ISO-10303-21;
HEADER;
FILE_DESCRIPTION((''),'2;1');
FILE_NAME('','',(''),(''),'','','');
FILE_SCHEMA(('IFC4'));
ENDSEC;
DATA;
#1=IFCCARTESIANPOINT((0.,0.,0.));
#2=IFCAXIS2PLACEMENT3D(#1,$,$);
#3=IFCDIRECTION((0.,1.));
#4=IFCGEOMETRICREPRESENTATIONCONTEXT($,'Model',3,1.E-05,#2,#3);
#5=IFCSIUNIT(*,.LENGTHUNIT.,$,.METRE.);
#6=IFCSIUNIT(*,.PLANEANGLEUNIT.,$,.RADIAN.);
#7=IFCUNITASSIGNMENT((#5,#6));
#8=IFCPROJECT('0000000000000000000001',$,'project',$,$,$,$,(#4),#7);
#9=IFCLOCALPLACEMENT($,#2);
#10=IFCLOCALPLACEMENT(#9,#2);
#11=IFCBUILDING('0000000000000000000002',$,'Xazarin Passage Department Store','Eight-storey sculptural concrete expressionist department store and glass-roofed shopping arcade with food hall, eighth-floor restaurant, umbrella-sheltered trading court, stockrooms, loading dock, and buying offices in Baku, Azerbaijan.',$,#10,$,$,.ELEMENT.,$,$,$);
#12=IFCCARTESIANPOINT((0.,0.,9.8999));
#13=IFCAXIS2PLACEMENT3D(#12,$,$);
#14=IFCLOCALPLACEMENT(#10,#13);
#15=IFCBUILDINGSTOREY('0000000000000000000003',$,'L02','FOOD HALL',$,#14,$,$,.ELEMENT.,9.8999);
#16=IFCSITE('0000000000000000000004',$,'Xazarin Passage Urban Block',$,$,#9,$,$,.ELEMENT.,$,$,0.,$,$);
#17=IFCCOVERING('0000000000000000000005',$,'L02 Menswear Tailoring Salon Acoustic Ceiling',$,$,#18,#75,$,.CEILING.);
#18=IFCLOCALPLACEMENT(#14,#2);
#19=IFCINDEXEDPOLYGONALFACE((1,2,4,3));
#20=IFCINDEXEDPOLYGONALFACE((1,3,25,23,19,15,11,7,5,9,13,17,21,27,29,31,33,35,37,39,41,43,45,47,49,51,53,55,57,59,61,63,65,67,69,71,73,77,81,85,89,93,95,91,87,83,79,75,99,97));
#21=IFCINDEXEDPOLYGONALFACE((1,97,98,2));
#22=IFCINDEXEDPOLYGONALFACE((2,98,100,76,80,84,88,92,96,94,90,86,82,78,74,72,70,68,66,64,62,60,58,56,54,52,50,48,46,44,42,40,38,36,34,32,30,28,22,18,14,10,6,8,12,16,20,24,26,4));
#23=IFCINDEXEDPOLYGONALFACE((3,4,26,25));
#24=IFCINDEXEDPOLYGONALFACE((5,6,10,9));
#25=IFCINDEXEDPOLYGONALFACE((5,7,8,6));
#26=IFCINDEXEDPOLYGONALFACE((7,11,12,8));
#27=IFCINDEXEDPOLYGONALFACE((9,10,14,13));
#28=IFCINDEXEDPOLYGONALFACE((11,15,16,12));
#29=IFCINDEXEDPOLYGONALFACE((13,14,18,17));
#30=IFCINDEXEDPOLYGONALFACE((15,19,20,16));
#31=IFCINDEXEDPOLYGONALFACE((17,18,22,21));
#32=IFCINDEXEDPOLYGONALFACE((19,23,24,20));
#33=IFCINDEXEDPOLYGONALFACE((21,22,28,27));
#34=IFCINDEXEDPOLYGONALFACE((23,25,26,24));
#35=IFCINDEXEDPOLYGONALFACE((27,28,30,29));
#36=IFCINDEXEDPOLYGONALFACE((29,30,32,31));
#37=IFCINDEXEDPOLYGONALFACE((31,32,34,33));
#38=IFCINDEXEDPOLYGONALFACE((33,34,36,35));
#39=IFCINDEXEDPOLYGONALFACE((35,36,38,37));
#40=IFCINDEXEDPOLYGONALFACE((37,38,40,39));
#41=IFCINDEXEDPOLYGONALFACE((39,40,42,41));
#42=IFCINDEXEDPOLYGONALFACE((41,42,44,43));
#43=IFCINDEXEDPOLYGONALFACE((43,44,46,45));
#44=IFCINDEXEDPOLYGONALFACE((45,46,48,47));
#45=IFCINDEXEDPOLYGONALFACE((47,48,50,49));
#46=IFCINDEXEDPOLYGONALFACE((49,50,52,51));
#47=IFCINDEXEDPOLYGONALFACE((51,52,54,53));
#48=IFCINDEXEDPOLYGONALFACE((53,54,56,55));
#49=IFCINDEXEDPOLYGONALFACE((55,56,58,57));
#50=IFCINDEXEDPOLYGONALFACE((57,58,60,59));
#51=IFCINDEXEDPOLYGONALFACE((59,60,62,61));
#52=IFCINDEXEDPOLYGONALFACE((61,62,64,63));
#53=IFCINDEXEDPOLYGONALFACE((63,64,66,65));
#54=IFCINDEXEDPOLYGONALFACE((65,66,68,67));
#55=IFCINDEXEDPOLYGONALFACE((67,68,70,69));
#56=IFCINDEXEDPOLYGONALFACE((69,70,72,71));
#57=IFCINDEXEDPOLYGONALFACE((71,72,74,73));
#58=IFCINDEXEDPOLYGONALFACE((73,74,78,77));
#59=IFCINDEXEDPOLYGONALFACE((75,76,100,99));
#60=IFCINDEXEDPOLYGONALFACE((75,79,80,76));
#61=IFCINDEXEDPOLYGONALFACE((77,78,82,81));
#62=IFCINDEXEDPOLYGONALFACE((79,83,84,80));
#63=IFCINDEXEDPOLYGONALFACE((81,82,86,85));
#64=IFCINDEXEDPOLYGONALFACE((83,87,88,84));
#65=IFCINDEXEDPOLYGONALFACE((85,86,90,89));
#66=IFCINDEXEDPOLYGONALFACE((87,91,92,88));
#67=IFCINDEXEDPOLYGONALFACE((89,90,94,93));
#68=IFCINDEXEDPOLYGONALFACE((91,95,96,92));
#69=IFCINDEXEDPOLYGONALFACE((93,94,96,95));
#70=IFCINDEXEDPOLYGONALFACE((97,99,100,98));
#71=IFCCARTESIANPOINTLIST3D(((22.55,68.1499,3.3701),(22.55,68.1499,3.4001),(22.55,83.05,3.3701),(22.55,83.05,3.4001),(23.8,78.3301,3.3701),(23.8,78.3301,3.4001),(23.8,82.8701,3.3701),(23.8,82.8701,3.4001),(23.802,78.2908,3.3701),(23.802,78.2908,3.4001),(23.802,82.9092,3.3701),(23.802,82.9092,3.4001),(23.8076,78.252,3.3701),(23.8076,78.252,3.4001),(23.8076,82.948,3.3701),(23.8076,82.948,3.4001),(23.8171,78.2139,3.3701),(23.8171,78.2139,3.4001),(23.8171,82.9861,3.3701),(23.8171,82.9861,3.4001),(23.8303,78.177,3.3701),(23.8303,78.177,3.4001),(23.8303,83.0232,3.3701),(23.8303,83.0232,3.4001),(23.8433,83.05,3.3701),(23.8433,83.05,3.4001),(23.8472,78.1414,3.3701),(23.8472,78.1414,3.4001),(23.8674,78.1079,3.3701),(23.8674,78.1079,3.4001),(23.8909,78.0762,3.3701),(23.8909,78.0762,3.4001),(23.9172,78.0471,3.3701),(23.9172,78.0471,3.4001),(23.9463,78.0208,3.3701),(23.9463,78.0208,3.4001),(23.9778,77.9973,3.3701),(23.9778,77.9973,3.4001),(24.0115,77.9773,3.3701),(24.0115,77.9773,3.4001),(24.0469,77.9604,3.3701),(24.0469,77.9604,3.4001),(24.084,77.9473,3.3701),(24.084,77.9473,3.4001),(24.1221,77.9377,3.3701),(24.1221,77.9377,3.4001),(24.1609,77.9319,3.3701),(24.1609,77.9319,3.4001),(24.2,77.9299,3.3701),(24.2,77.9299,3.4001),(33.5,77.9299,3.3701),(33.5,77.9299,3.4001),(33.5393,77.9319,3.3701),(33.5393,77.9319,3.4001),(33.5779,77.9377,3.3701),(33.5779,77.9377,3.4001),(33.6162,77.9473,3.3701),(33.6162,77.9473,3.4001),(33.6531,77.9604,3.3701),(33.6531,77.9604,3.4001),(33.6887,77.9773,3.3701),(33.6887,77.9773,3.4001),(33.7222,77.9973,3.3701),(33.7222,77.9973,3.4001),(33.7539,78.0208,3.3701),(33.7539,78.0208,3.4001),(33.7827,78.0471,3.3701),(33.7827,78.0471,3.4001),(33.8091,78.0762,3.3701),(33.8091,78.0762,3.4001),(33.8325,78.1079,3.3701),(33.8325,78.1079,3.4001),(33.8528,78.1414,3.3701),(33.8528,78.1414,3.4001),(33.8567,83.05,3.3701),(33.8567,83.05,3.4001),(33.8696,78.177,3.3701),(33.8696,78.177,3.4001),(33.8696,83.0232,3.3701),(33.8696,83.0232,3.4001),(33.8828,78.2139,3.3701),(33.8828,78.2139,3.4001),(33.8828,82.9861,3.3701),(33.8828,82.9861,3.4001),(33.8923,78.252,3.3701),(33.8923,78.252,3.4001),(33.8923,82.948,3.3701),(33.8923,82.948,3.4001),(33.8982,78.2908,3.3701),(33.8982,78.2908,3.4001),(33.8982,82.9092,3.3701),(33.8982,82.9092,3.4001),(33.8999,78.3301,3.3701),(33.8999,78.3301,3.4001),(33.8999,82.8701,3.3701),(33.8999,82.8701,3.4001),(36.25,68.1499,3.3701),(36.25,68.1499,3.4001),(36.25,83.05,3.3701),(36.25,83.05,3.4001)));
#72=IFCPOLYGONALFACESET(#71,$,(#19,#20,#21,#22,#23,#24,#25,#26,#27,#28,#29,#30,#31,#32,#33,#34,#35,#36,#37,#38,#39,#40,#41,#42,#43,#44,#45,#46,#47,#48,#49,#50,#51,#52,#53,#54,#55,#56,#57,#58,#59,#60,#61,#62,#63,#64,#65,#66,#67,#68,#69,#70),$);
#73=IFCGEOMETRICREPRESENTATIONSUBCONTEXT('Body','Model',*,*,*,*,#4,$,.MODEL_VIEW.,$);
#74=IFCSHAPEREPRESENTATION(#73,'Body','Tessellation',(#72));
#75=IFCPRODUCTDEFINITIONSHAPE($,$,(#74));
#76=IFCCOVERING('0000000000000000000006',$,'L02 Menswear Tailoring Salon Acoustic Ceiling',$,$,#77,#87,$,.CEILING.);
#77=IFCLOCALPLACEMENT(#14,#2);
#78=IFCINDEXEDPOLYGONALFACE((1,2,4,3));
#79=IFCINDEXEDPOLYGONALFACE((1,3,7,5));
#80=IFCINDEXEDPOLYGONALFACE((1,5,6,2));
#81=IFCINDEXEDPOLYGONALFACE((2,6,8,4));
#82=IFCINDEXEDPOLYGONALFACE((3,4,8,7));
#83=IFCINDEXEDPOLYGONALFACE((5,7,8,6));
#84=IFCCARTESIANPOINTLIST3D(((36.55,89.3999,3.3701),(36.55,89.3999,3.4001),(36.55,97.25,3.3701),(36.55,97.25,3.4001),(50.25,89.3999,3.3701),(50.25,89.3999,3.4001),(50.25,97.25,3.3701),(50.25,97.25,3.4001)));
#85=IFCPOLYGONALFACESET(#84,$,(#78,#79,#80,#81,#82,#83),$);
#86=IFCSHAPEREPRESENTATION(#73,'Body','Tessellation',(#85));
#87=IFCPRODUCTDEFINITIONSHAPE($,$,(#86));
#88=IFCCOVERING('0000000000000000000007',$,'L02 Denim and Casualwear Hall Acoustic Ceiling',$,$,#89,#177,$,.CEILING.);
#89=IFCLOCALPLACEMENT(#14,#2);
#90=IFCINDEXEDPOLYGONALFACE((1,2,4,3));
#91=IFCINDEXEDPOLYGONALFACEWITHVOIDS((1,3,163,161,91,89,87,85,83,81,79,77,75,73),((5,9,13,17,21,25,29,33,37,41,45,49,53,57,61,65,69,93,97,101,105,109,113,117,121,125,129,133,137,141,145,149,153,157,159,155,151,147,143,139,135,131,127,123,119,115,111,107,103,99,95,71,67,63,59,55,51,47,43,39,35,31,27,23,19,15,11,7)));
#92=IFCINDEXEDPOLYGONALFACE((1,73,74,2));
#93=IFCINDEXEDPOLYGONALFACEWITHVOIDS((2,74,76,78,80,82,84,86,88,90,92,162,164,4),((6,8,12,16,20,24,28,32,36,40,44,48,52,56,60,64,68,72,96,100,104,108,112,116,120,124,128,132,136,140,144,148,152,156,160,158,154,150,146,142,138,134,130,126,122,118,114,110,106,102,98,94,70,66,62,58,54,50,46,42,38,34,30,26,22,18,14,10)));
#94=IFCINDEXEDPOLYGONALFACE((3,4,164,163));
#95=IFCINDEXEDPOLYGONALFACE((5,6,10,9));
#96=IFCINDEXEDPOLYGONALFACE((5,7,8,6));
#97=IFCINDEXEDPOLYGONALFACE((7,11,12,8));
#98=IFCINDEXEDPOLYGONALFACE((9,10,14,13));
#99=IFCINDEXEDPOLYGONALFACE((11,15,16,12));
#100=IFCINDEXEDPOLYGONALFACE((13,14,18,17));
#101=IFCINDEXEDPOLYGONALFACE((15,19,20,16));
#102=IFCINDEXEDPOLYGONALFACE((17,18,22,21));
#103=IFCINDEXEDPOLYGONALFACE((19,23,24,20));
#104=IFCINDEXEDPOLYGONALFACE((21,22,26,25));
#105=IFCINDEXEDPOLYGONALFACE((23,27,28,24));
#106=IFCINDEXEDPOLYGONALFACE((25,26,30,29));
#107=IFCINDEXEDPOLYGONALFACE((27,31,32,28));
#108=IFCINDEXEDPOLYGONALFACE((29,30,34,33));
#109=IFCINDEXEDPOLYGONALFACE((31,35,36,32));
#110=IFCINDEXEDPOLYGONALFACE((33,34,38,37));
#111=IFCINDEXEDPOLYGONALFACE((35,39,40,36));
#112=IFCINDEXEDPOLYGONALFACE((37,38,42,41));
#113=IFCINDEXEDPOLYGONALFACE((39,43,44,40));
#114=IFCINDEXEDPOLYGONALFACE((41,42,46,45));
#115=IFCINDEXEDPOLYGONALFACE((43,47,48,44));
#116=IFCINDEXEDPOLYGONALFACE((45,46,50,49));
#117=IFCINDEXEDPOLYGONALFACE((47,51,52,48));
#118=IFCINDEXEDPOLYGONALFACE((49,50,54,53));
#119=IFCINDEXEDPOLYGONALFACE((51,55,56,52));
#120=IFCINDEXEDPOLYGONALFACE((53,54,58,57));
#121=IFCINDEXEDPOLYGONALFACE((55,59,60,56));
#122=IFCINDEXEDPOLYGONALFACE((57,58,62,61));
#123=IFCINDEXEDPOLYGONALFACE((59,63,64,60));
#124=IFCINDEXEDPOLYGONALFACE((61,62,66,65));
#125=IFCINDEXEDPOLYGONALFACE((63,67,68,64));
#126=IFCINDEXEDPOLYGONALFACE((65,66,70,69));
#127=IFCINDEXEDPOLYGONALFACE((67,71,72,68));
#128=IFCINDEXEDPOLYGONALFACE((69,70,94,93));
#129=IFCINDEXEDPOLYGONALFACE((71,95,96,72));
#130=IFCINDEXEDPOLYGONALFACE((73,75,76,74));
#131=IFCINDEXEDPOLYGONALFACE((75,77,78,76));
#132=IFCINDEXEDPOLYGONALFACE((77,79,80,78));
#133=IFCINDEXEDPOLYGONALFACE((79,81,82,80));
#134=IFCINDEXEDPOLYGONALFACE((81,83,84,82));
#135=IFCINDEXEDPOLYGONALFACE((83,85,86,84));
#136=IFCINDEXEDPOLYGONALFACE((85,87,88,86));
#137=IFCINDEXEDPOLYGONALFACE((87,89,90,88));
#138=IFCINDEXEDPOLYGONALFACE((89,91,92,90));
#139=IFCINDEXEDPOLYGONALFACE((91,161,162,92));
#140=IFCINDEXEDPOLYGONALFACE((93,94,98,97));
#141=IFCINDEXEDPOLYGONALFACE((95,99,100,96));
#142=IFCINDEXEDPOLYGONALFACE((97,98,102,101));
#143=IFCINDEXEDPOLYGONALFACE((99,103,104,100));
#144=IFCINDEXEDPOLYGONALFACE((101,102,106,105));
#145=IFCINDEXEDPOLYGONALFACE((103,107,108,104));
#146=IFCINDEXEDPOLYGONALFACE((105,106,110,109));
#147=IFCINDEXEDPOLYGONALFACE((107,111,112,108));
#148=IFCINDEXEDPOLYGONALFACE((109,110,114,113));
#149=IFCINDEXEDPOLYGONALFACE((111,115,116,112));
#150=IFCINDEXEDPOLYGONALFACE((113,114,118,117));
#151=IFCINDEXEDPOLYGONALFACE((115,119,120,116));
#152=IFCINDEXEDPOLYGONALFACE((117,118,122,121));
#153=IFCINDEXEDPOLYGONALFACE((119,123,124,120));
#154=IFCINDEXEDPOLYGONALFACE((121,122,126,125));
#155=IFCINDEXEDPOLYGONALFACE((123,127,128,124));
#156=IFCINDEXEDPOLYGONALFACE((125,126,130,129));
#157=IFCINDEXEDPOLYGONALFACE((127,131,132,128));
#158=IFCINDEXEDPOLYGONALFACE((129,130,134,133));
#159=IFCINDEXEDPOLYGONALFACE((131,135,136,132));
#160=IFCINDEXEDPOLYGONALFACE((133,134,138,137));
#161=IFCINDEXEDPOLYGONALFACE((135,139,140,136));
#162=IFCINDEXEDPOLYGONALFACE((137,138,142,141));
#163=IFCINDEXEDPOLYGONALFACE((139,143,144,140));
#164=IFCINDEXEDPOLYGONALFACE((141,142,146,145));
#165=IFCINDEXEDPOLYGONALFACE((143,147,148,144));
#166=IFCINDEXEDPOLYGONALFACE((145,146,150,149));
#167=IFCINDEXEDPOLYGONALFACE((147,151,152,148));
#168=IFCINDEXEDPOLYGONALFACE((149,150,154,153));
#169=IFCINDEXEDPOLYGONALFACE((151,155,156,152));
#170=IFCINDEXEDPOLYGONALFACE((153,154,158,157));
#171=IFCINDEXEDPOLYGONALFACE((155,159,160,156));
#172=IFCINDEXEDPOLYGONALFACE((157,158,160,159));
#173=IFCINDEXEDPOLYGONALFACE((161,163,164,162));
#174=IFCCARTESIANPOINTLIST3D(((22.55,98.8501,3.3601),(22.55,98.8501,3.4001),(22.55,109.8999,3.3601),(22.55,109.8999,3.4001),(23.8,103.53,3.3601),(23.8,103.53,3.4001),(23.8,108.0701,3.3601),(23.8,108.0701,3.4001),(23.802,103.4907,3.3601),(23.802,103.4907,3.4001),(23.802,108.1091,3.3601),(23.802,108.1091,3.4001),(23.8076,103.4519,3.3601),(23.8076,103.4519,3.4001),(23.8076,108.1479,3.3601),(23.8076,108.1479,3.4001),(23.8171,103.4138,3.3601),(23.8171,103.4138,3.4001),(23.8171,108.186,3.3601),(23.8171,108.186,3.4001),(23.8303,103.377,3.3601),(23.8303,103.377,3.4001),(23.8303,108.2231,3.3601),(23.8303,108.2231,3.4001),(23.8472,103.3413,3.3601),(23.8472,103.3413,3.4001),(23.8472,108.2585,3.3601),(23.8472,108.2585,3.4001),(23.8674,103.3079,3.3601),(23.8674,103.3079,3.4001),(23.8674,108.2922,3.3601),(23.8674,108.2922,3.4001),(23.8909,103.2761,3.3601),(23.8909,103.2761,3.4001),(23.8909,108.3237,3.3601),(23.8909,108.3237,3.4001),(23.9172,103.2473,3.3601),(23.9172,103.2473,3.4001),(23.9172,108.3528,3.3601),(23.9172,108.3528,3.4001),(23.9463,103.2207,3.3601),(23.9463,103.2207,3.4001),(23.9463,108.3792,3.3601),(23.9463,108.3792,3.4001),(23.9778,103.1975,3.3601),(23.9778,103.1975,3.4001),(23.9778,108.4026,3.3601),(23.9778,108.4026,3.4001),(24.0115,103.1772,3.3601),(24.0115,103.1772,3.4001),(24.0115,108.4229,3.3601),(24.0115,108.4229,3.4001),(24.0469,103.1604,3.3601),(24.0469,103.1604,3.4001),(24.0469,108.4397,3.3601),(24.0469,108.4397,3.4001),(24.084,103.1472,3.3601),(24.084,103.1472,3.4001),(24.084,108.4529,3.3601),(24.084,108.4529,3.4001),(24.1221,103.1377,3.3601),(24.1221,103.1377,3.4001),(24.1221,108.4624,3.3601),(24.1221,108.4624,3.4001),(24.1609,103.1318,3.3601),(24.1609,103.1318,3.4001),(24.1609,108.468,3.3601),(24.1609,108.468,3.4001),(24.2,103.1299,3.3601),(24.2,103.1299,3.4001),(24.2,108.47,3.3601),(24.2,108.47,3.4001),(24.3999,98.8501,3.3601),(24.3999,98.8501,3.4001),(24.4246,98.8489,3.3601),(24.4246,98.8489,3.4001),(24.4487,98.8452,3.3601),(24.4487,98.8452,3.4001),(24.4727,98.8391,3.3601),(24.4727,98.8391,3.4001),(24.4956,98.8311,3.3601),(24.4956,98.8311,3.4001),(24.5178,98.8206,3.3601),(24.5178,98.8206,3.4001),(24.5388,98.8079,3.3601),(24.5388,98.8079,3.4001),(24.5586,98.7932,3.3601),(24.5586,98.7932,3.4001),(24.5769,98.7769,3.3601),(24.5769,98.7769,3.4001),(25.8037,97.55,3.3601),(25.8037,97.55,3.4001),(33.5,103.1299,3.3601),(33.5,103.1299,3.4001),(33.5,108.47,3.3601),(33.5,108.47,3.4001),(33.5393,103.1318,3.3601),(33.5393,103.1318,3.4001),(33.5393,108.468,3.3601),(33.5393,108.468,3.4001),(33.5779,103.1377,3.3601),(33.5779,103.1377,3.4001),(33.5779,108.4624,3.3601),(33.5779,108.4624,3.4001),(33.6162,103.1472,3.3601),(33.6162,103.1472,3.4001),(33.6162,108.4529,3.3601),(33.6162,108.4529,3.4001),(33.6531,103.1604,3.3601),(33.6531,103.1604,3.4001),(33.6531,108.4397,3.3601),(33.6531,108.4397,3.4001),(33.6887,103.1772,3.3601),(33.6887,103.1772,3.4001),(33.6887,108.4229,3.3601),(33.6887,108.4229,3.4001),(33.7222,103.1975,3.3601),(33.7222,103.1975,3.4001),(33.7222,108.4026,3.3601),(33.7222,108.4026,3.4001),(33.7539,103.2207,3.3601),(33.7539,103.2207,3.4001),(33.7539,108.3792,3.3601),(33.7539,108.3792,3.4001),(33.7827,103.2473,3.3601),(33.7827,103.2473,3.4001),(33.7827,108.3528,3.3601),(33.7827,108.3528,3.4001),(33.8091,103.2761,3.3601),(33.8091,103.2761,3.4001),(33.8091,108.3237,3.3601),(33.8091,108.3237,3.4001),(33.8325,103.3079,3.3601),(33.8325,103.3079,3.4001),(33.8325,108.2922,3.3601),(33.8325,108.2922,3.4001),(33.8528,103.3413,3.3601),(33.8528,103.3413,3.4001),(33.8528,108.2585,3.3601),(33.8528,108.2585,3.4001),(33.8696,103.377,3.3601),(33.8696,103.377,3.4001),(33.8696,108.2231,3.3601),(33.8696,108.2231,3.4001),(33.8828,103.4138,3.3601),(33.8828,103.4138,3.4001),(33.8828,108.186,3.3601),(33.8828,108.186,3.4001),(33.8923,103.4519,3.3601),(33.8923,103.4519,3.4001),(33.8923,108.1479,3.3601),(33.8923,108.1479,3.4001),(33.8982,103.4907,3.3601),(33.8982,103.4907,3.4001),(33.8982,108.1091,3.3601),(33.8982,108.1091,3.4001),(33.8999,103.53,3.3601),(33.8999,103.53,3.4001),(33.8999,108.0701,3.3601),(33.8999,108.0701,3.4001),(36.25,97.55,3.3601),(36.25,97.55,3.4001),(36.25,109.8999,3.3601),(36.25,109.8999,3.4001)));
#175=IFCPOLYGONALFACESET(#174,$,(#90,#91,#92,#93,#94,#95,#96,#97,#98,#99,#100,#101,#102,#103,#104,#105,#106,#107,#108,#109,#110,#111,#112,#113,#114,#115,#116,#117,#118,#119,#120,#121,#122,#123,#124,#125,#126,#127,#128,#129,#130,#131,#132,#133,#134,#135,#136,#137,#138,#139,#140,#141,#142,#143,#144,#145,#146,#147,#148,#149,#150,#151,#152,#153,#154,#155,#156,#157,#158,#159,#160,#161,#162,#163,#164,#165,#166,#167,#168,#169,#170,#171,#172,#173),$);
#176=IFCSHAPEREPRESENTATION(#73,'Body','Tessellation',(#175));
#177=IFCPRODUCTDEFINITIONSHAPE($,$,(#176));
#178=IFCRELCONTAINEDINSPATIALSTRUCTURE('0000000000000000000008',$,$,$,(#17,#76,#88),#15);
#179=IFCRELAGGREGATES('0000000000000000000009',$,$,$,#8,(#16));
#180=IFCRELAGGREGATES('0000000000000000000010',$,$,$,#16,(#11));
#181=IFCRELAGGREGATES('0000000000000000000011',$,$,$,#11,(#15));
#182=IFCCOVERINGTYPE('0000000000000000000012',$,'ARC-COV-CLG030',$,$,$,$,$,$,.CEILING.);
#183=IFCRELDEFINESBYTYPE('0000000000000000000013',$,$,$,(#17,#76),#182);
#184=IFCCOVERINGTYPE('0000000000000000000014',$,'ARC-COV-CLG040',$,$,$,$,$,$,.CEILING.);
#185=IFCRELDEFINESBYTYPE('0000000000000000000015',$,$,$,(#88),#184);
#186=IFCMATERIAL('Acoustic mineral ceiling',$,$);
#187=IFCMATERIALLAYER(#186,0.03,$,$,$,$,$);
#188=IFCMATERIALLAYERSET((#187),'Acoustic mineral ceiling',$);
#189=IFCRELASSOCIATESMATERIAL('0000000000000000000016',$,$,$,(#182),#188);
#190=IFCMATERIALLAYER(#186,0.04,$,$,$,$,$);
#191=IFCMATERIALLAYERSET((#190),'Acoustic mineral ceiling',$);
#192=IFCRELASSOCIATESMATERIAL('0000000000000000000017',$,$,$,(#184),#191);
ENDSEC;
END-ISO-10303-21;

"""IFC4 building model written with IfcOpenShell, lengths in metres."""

from ifc_helpers import new_model, si_unit, direction, frame, origin, place, context, subcontext, project, spatial, polyline, outline, extrude, material, layer, layer_set, type_object, element, save


model = new_model("IFC4")

# Units and contexts
model_context = context("Model", 3, precision=1e-05, world=origin(), true_north=direction((0.0, 1.0)))
body_context = subcontext(model_context, "Body", "Model", "MODEL_VIEW")
ifc_project = project(units=[si_unit("LENGTHUNIT", "METRE"), si_unit("PLANEANGLEUNIT", "RADIAN")], contexts=[model_context])

# Site, building, storey
site_placement = place(None, origin())
site = spatial("IfcSite", under=ifc_project, at=site_placement, Name="Xazarin Passage Urban Block", CompositionType="ELEMENT", RefElevation=0.0)
building_placement = place(site_placement, origin())
building = spatial("IfcBuilding", under=site, at=building_placement, Name="Xazarin Passage Department Store", Description="Eight-storey sculptural concrete expressionist department store and glass-roofed shopping arcade with food hall, eighth-floor restaurant, umbrella-sheltered trading court, stockrooms, loading dock, and buying offices in Baku, Azerbaijan.", CompositionType="ELEMENT")
storey_placement = place(building_placement, frame((0.0, 0.0, 9.8999)))
storey = spatial("IfcBuildingStorey", under=building, at=storey_placement, Name="L02", Description="FOOD HALL", CompositionType="ELEMENT", Elevation=9.8999)

# Coverings
ifc_material_1 = material(Name="Acoustic mineral ceiling")
ifc_layer_1 = layer(ifc_material_1, 0.03)
ifc_layer_set_1 = layer_set([ifc_layer_1], Name="Acoustic mineral ceiling")
covering_type_1 = type_object("IfcCoveringType", Name="ARC-COV-CLG030", PredefinedType="CEILING", material=ifc_layer_set_1)
covering_1_placement = place(storey_placement, frame((0.0, 0.0, 3.3701)))
element("IfcCovering", 1, at=covering_1_placement, inside=storey, type_object=covering_type_1, Name="L02 Menswear Tailoring Salon Acoustic Ceiling", PredefinedType="CEILING", context=body_context, shape_type="SweptSolid", body=[
    extrude(outline(polyline([(33.8567, 83.05), (33.8696, 83.0232), (33.8828, 82.9861), (33.8923, 82.948), (33.8982, 82.9092), (33.8999, 82.8701), (33.8999, 78.3301), (33.8982, 78.2908), (33.8923, 78.252), (33.8828, 78.2139), (33.8696, 78.177), (33.8528, 78.1414), (33.8325, 78.1079), (33.8091, 78.0762), (33.7827, 78.0471), (33.7539, 78.0208), (33.7222, 77.9973), (33.6887, 77.9773), (33.6531, 77.9604), (33.6162, 77.9473), (33.5779, 77.9377), (33.5393, 77.9319), (33.5, 77.9299), (24.2, 77.9299), (24.1609, 77.9319), (24.1221, 77.9377), (24.084, 77.9473), (24.0469, 77.9604), (24.0115, 77.9773), (23.9778, 77.9973), (23.9463, 78.0208), (23.9172, 78.0471), (23.8909, 78.0762), (23.8674, 78.1079), (23.8472, 78.1414), (23.8303, 78.177), (23.8171, 78.2139), (23.8076, 78.252), (23.802, 78.2908), (23.8, 78.3301), (23.8, 82.8701), (23.802, 82.9092), (23.8076, 82.948), (23.8171, 82.9861), (23.8303, 83.0232), (23.8433, 83.05), (22.55, 83.05), (22.55, 68.1499), (36.25, 68.1499), (36.25, 83.05), (33.8567, 83.05)])), origin(), (0.0, 0.0, 1.0), 0.03),
])
covering_2_placement = place(storey_placement, frame((0.0, 0.0, 3.3701)))
element("IfcCovering", 2, at=covering_2_placement, inside=storey, type_object=covering_type_1, Name="L02 Menswear Tailoring Salon Acoustic Ceiling", PredefinedType="CEILING", context=body_context, shape_type="SweptSolid", body=[
    extrude(outline(polyline([(36.55, 89.3999), (50.25, 89.3999), (50.25, 97.25), (36.55, 97.25), (36.55, 89.3999)])), origin(), (0.0, 0.0, 1.0), 0.03),
])
ifc_layer_2 = layer(ifc_material_1, 0.04)
ifc_layer_set_2 = layer_set([ifc_layer_2], Name="Acoustic mineral ceiling")
covering_type_2 = type_object("IfcCoveringType", Name="ARC-COV-CLG040", PredefinedType="CEILING", material=ifc_layer_set_2)
covering_3_placement = place(storey_placement, frame((0.0, 0.0, 3.3601)))
element("IfcCovering", 3, at=covering_3_placement, inside=storey, type_object=covering_type_2, Name="L02 Denim and Casualwear Hall Acoustic Ceiling", PredefinedType="CEILING", context=body_context, shape_type="SweptSolid", body=[
    extrude(outline(polyline([(24.5769, 98.7769), (25.8037, 97.55), (36.25, 97.55), (36.25, 109.8999), (22.55, 109.8999), (22.55, 98.8501), (24.3999, 98.8501), (24.4246, 98.8489), (24.4487, 98.8452), (24.4727, 98.8391), (24.4956, 98.8311), (24.5178, 98.8206), (24.5388, 98.8079), (24.5586, 98.7932), (24.5769, 98.7769)]), holes=[polyline([(33.8999, 103.53), (33.8982, 103.4907), (33.8923, 103.4519), (33.8828, 103.4138), (33.8696, 103.377), (33.8528, 103.3413), (33.8325, 103.3079), (33.8091, 103.2761), (33.7827, 103.2473), (33.7539, 103.2207), (33.7222, 103.1975), (33.6887, 103.1772), (33.6531, 103.1604), (33.6162, 103.1472), (33.5779, 103.1377), (33.5393, 103.1318), (33.5, 103.1299), (24.2, 103.1299), (24.1609, 103.1318), (24.1221, 103.1377), (24.084, 103.1472), (24.0469, 103.1604), (24.0115, 103.1772), (23.9778, 103.1975), (23.9463, 103.2207), (23.9172, 103.2473), (23.8909, 103.2761), (23.8674, 103.3079), (23.8472, 103.3413), (23.8303, 103.377), (23.8171, 103.4138), (23.8076, 103.4519), (23.802, 103.4907), (23.8, 103.53), (23.8, 108.0701), (23.802, 108.1091), (23.8076, 108.1479), (23.8171, 108.186), (23.8303, 108.2231), (23.8472, 108.2585), (23.8674, 108.2922), (23.8909, 108.3237), (23.9172, 108.3528), (23.9463, 108.3792), (23.9778, 108.4026), (24.0115, 108.4229), (24.0469, 108.4397), (24.084, 108.4529), (24.1221, 108.4624), (24.1609, 108.468), (24.2, 108.47), (33.5, 108.47), (33.5393, 108.468), (33.5779, 108.4624), (33.6162, 108.4529), (33.6531, 108.4397), (33.6887, 108.4229), (33.7222, 108.4026), (33.7539, 108.3792), (33.7827, 108.3528), (33.8091, 108.3237), (33.8325, 108.2922), (33.8528, 108.2585), (33.8696, 108.2231), (33.8828, 108.186), (33.8923, 108.1479), (33.8982, 108.1091), (33.8999, 108.0701), (33.8999, 103.53)])]), origin(), (0.0, 0.0, 1.0), 0.04),
])

save(model, "model.ifc")
